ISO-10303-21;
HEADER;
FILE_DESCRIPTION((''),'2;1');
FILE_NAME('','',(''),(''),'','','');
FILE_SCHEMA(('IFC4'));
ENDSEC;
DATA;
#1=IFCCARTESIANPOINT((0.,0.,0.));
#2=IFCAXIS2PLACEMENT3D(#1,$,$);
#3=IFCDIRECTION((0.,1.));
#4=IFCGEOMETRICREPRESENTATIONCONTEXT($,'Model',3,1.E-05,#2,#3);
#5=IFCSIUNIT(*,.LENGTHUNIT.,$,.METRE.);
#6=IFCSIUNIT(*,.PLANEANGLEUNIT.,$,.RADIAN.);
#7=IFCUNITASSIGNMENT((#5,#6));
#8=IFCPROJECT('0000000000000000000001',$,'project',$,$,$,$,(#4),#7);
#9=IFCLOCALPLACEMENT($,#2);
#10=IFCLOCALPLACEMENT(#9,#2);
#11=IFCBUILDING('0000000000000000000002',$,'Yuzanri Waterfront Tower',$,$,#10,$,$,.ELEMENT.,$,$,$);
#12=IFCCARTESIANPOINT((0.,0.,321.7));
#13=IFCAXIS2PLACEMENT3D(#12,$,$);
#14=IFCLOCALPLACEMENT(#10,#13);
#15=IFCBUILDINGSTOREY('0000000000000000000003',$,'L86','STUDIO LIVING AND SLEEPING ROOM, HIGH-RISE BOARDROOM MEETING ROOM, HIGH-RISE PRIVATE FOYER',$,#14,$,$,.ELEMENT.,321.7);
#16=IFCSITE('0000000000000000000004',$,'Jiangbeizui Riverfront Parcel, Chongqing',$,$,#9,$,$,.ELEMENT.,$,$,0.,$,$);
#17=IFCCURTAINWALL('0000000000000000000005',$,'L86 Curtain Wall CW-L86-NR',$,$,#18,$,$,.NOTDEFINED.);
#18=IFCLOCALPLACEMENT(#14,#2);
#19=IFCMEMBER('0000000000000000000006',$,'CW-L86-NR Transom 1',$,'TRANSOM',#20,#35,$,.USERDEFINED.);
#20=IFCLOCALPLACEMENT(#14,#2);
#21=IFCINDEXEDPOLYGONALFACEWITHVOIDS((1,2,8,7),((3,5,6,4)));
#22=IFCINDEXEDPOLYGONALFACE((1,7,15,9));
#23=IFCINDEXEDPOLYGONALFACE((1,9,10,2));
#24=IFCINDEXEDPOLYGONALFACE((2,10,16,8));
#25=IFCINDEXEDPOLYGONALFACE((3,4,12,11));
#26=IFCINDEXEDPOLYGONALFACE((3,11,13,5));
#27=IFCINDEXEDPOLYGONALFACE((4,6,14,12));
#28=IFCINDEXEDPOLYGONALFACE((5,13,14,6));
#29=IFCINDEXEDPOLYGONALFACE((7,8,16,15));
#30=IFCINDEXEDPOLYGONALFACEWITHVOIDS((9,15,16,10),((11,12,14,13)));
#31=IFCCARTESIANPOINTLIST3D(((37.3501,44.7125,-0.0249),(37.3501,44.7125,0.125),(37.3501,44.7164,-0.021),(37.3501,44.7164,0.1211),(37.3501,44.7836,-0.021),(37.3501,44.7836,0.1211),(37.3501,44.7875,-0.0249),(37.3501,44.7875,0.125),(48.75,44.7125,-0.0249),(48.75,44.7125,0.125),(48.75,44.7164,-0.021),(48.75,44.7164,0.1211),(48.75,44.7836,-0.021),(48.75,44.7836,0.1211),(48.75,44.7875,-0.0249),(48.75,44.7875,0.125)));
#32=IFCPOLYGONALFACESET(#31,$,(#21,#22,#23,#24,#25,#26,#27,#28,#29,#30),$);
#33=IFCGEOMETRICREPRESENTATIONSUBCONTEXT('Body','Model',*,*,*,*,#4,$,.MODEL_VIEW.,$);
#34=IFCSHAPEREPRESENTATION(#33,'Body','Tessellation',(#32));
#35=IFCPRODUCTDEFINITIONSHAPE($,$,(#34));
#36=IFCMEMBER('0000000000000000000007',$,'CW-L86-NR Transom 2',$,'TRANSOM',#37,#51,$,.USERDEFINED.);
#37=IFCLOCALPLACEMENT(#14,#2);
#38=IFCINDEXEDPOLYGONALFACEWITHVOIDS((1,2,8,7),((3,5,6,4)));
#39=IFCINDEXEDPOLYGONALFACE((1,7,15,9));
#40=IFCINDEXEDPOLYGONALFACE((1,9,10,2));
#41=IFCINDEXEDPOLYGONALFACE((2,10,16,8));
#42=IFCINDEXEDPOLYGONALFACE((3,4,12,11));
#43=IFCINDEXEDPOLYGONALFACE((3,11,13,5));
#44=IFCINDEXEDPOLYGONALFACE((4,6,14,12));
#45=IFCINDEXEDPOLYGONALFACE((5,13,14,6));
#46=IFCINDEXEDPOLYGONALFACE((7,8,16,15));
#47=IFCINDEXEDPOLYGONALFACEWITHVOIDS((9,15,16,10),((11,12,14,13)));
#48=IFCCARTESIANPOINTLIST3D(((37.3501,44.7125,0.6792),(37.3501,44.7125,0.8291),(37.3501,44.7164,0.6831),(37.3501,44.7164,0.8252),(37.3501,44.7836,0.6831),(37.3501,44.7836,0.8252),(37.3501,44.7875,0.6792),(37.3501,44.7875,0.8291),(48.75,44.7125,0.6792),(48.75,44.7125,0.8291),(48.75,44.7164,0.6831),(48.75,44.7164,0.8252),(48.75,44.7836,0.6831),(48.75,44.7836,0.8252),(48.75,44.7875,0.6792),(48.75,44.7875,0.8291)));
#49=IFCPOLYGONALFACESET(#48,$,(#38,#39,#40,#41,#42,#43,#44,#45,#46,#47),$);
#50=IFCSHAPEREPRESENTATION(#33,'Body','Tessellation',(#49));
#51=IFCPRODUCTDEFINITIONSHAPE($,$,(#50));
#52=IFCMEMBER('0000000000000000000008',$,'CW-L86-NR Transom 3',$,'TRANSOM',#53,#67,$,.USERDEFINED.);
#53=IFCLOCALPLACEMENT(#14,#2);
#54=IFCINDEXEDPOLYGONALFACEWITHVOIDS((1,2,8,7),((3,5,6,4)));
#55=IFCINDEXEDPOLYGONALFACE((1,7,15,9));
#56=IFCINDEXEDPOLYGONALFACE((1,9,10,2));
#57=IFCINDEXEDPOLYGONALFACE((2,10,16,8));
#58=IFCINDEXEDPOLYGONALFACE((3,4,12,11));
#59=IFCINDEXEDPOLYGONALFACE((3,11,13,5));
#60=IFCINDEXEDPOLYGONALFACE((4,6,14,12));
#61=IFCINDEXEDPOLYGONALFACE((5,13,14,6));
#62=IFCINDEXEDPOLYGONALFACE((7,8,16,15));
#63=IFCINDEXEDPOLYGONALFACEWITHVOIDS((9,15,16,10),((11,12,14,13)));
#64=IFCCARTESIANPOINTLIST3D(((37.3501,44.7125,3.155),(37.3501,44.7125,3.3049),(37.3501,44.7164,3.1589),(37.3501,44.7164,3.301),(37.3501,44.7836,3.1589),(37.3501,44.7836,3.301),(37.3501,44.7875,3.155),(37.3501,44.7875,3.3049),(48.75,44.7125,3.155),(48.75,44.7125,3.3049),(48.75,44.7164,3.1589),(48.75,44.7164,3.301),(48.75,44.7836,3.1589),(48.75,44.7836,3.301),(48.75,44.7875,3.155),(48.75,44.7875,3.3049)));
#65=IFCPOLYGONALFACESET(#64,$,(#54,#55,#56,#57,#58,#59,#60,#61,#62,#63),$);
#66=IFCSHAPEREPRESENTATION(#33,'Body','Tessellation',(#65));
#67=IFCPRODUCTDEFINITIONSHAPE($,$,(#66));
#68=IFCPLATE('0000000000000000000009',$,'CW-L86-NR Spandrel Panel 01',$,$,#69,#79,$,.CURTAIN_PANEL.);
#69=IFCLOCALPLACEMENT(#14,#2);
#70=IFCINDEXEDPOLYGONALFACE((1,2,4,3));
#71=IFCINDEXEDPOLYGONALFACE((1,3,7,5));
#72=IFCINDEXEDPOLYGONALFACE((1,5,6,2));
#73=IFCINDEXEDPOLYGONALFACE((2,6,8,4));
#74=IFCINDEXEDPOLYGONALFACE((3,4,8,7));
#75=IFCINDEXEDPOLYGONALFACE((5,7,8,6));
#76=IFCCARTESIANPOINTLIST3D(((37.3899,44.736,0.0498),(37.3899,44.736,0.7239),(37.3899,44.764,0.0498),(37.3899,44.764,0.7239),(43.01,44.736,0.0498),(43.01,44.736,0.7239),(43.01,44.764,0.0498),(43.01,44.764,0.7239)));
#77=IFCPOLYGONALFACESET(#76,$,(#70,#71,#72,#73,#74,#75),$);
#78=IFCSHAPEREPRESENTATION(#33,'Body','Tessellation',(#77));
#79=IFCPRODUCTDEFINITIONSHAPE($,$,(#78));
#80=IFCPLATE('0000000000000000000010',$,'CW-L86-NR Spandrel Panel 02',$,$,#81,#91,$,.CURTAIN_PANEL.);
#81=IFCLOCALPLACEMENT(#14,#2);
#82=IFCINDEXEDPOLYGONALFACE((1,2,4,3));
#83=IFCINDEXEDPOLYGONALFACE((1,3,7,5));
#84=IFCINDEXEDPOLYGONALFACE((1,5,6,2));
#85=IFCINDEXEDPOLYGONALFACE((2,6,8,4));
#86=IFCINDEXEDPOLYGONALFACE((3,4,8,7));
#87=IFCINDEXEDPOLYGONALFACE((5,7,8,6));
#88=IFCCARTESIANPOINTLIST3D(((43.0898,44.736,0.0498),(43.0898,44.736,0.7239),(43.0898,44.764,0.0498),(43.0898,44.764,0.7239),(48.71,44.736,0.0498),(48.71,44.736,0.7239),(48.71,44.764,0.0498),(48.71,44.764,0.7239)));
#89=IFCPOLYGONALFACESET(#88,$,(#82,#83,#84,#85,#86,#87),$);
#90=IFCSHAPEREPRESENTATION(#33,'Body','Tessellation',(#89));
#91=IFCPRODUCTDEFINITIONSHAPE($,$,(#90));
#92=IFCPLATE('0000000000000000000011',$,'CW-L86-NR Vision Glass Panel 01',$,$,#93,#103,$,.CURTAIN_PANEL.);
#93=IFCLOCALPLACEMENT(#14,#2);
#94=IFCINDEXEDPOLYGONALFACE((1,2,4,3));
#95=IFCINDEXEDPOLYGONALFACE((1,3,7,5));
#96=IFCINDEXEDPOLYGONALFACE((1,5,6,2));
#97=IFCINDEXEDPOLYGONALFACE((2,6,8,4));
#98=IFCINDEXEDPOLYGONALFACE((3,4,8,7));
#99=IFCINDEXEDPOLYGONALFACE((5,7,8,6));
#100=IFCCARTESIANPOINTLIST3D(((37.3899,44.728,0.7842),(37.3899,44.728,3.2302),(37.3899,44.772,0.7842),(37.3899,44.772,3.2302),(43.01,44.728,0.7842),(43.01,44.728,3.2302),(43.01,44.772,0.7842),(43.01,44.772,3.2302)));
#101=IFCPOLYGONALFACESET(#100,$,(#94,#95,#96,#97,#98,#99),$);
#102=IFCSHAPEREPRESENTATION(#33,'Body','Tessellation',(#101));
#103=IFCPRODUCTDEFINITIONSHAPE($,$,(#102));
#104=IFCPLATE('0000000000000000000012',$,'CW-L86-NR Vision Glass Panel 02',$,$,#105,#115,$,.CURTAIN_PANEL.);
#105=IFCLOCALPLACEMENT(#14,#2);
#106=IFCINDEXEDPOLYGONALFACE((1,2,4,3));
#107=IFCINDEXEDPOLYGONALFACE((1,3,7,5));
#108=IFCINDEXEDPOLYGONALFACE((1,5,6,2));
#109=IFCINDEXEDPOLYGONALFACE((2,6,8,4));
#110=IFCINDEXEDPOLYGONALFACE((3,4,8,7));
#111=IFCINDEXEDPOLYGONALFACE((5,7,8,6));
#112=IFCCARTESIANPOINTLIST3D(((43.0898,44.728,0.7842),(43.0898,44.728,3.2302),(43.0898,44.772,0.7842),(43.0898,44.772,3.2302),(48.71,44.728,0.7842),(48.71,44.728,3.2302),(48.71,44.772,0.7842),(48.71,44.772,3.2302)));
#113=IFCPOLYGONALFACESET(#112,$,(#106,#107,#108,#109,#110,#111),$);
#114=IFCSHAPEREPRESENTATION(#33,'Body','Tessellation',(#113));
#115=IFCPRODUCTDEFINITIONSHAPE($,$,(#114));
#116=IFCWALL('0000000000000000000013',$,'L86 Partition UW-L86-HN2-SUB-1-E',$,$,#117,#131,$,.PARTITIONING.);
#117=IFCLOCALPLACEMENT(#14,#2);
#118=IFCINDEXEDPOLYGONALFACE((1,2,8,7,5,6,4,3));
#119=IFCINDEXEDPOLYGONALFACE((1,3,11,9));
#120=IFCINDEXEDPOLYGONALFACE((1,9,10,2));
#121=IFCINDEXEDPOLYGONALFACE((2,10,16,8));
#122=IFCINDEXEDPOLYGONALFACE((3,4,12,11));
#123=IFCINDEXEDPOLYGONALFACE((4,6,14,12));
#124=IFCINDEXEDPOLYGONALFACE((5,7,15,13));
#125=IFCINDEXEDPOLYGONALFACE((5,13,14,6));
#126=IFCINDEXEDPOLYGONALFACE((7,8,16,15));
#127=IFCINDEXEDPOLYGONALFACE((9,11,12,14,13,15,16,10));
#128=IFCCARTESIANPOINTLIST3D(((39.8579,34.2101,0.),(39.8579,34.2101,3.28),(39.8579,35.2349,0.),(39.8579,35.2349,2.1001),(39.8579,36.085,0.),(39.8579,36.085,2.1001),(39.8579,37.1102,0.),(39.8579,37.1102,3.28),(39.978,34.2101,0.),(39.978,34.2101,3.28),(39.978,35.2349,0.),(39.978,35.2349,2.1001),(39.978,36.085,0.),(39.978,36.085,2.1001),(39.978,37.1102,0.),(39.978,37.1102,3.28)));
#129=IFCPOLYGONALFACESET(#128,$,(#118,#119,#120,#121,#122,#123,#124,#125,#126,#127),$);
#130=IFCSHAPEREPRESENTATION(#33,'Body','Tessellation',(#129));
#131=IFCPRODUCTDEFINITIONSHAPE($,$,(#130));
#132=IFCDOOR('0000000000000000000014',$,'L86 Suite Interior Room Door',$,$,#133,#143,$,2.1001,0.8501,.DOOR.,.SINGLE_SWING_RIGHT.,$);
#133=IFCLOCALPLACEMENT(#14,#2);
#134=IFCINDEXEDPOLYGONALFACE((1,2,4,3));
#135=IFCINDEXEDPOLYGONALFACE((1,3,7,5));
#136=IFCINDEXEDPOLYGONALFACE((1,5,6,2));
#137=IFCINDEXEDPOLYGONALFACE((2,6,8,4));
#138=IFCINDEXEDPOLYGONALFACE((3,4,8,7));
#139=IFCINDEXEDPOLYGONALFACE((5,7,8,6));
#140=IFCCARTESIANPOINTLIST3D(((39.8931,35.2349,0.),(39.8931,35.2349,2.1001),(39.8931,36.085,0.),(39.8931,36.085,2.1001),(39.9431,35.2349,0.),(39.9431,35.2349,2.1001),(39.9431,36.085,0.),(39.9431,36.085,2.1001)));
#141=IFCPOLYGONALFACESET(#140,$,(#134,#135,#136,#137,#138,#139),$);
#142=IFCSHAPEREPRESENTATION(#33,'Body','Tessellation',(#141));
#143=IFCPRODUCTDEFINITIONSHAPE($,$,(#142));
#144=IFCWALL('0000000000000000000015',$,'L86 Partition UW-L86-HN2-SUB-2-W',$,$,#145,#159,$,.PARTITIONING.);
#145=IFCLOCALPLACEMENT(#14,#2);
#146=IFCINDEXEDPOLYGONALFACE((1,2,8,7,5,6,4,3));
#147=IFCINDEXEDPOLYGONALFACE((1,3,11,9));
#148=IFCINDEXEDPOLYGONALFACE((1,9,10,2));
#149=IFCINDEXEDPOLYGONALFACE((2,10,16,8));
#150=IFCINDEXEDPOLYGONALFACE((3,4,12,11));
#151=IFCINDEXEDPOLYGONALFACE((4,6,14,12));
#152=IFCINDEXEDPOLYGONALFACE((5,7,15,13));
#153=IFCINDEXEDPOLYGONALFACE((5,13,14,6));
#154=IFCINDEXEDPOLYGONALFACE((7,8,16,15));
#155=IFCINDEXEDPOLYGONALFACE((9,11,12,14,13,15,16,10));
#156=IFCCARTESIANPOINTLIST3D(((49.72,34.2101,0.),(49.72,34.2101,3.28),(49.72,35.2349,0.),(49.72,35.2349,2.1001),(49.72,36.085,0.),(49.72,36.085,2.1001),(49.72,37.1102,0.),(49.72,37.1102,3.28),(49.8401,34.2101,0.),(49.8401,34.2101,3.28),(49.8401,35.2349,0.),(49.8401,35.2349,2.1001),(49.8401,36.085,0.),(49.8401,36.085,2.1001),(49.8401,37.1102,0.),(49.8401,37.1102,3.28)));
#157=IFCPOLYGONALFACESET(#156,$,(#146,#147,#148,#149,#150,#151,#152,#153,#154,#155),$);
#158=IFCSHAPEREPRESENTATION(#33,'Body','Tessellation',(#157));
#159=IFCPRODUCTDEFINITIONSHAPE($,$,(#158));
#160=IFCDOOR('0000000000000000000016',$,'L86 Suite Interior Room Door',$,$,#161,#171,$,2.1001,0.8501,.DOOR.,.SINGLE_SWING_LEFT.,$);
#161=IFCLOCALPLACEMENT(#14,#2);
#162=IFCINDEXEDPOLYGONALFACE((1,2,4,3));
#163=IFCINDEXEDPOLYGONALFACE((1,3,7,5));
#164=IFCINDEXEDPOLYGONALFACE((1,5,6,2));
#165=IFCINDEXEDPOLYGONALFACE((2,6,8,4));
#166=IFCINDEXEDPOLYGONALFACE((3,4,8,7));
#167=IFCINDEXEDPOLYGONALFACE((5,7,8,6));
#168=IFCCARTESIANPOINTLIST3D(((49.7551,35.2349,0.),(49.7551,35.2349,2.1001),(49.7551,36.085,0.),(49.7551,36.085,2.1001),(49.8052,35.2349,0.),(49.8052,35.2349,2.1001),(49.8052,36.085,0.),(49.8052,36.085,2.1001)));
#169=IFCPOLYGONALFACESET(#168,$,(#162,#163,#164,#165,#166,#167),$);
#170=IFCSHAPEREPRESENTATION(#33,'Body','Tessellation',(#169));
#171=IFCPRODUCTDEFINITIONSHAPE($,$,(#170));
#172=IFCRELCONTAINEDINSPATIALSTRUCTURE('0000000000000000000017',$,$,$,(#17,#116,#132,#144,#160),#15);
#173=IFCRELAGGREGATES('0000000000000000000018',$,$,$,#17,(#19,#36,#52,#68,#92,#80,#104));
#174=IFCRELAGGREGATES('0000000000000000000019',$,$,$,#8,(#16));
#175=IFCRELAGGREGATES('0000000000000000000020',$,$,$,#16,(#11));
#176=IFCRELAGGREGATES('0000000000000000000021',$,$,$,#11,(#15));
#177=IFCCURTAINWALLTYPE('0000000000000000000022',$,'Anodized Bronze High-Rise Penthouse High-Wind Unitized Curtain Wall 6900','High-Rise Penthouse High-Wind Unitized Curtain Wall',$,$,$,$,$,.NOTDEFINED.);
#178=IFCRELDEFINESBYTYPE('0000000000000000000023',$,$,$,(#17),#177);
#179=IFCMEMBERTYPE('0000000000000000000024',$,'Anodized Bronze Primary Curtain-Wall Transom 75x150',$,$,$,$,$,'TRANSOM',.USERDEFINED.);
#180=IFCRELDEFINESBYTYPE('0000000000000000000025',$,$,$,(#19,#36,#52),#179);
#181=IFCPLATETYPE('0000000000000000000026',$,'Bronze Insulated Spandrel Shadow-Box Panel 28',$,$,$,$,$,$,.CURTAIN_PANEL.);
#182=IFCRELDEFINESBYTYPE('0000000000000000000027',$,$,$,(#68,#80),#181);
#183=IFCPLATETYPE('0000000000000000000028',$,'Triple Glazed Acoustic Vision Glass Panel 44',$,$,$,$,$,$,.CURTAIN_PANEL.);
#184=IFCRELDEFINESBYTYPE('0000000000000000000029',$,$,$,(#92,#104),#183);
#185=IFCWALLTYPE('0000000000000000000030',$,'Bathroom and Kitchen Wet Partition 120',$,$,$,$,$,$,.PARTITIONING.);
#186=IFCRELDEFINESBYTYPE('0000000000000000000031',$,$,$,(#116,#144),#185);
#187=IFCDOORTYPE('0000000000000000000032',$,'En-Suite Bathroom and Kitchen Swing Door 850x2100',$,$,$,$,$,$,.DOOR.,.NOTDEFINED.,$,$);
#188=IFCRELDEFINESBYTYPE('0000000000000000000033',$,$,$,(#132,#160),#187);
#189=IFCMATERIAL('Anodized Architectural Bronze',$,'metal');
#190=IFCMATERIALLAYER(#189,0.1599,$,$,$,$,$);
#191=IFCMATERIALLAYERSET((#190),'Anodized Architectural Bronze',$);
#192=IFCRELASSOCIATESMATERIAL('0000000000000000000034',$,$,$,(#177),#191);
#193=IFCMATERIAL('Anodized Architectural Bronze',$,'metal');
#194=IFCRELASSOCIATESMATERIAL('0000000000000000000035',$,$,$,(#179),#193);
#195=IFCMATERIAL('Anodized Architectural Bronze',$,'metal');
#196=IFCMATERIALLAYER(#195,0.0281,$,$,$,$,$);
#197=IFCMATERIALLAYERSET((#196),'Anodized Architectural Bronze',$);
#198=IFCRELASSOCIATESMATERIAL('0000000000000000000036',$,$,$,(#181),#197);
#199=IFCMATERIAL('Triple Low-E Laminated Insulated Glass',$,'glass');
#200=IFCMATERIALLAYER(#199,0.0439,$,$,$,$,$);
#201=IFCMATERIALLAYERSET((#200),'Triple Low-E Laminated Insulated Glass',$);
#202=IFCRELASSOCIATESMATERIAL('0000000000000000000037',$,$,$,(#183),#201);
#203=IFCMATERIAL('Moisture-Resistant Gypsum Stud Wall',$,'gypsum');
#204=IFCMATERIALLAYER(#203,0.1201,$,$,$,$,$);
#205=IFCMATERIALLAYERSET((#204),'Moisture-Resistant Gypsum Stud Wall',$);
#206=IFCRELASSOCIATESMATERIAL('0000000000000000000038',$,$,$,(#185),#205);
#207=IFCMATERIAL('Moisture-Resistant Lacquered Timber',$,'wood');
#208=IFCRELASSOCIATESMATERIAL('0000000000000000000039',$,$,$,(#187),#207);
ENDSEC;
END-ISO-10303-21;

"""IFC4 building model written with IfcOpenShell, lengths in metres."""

from ifc_helpers import new_model, si_unit, direction, frame, frame_2d, origin, origin_2d, place, context, subcontext, project, spatial, rectangle, hollow_rectangle, extrude, source, transform, mapped, material, layer, layer_set, material_profile, profile_set, type_object, element, fill, aggregate, save


model = new_model("IFC4")

# Units and contexts
model_context = context("Model", 3, precision=1e-05, world=origin(), true_north=direction((0.0, 1.0)))
body_context = subcontext(model_context, "Body", "Model", "MODEL_VIEW")
ifc_project = project(units=[si_unit("LENGTHUNIT", "METRE"), si_unit("PLANEANGLEUNIT", "RADIAN")], contexts=[model_context])

# Site, building, storey
site_placement = place(None, origin())
site = spatial("IfcSite", under=ifc_project, at=site_placement, Name="Jiangbeizui Riverfront Parcel, Chongqing", CompositionType="ELEMENT", RefElevation=0.0)
building_placement = place(site_placement, origin())
building = spatial("IfcBuilding", under=site, at=building_placement, Name="Yuzanri Waterfront Tower", CompositionType="ELEMENT")
storey_placement = place(building_placement, frame((0.0, 0.0, 321.7)))
storey = spatial("IfcBuildingStorey", under=building, at=storey_placement, Name="L86", Description="STUDIO LIVING AND SLEEPING ROOM, HIGH-RISE BOARDROOM MEETING ROOM, HIGH-RISE PRIVATE FOYER", CompositionType="ELEMENT", Elevation=321.7)

# Curtain wall, members, plates
ifc_material_1 = material(Name="Anodized Architectural Bronze", Category="metal")
ifc_layer_1 = layer(ifc_material_1, 0.1599)
ifc_layer_set_1 = layer_set([ifc_layer_1], Name="Anodized Architectural Bronze")
curtain_wall_type = type_object("IfcCurtainWallType", Name="Anodized Bronze High-Rise Penthouse High-Wind Unitized Curtain Wall 6900", Description="High-Rise Penthouse High-Wind Unitized Curtain Wall", PredefinedType="NOTDEFINED", material=ifc_layer_set_1)
curtain_wall_placement = place(storey_placement, origin())
curtain_wall = element("IfcCurtainWall", 1, at=curtain_wall_placement, inside=storey, type_object=curtain_wall_type, Name="L86 Curtain Wall CW-L86-NR", PredefinedType="NOTDEFINED")
ifc_material_2 = material(Name="Anodized Architectural Bronze", Category="metal")
ifc_material_profile_1 = material_profile(ifc_material_2, hollow_rectangle(XDim=0.075, YDim=0.1499, WallThickness=0.0039, at=origin_2d()), Name="CWT 75x150")
ifc_profile_set_1 = profile_set([ifc_material_profile_1], Name="Anodized Architectural Bronze")
member_type_1 = type_object("IfcMemberType", Name="Anodized Bronze Primary Curtain-Wall Transom 75x150", ElementType="TRANSOM", PredefinedType="USERDEFINED", material=ifc_profile_set_1)
shared_shape_1 = source(origin(), body_context, "Body", "SweptSolid", [
    extrude(hollow_rectangle(XDim=0.075, YDim=0.1499, WallThickness=0.0039, at=origin_2d()), origin(), (0.0, 0.0, 1.0), 11.3999),
])
member_1_placement = place(storey_placement, frame((37.3501, 44.75, 0.05), z_axis=(1.0, 0.0, 0.0), x_axis=(0.0, 1.0, 0.0)))
member_1 = element("IfcMember", 2, at=member_1_placement, type_object=member_type_1, Name="CW-L86-NR Transom 1", ObjectType="TRANSOM", PredefinedType="USERDEFINED", context=body_context, shape_type="MappedRepresentation", body=[
    mapped(shared_shape_1, transform((0.0, 0.0, 0.0), scale=1.0)),
])
member_2_placement = place(storey_placement, frame((37.3501, 44.75, 0.7542), z_axis=(1.0, 0.0, 0.0), x_axis=(0.0, 1.0, 0.0)))
member_2 = element("IfcMember", 3, at=member_2_placement, type_object=member_type_1, Name="CW-L86-NR Transom 2", ObjectType="TRANSOM", PredefinedType="USERDEFINED", context=body_context, shape_type="MappedRepresentation", body=[
    mapped(shared_shape_1, transform((0.0, 0.0, 0.0), scale=1.0)),
])
member_3_placement = place(storey_placement, frame((37.3501, 44.75, 3.23), z_axis=(1.0, 0.0, 0.0), x_axis=(0.0, 1.0, 0.0)))
member_3 = element("IfcMember", 4, at=member_3_placement, type_object=member_type_1, Name="CW-L86-NR Transom 3", ObjectType="TRANSOM", PredefinedType="USERDEFINED", context=body_context, shape_type="MappedRepresentation", body=[
    mapped(shared_shape_1, transform((0.0, 0.0, 0.0), scale=1.0)),
])
ifc_material_3 = material(Name="Anodized Architectural Bronze", Category="metal")
ifc_layer_2 = layer(ifc_material_3, 0.0281)
ifc_layer_set_2 = layer_set([ifc_layer_2], Name="Anodized Architectural Bronze")
plate_type_1 = type_object("IfcPlateType", Name="Bronze Insulated Spandrel Shadow-Box Panel 28", PredefinedType="CURTAIN_PANEL", material=ifc_layer_set_2)
shared_shape_2 = source(origin(), body_context, "Body", "SweptSolid", [
    extrude(rectangle(XDim=5.6201, YDim=0.0281, at=origin_2d()), origin(), (0.0, 0.0, 1.0), 0.6741),
])
plate_1_placement = place(storey_placement, frame((40.2, 44.75, 0.0498), z_axis=(0.0, 0.0, 1.0), x_axis=(1.0, 0.0, 0.0)))
plate_1 = element("IfcPlate", 5, at=plate_1_placement, type_object=plate_type_1, Name="CW-L86-NR Spandrel Panel 01", PredefinedType="CURTAIN_PANEL", context=body_context, shape_type="MappedRepresentation", body=[
    mapped(shared_shape_2, transform((0.0, 0.0, 0.0), scale=1.0)),
])
plate_2_placement = place(storey_placement, frame((45.8999, 44.75, 0.0498), z_axis=(0.0, 0.0, 1.0), x_axis=(1.0, 0.0, 0.0)))
plate_2 = element("IfcPlate", 6, at=plate_2_placement, type_object=plate_type_1, Name="CW-L86-NR Spandrel Panel 02", PredefinedType="CURTAIN_PANEL", context=body_context, shape_type="MappedRepresentation", body=[
    mapped(shared_shape_2, transform((0.0, 0.0, 0.0), scale=1.0)),
])
ifc_material_4 = material(Name="Triple Low-E Laminated Insulated Glass", Category="glass")
ifc_layer_3 = layer(ifc_material_4, 0.0439)
ifc_layer_set_3 = layer_set([ifc_layer_3], Name="Triple Low-E Laminated Insulated Glass")
plate_type_2 = type_object("IfcPlateType", Name="Triple Glazed Acoustic Vision Glass Panel 44", PredefinedType="CURTAIN_PANEL", material=ifc_layer_set_3)
shared_shape_3 = source(origin(), body_context, "Body", "SweptSolid", [
    extrude(rectangle(XDim=5.6201, YDim=0.0439, at=origin_2d()), origin(), (0.0, 0.0, 1.0), 2.446),
])
plate_3_placement = place(storey_placement, frame((40.2, 44.75, 0.7842), z_axis=(0.0, 0.0, 1.0), x_axis=(1.0, 0.0, 0.0)))
plate_3 = element("IfcPlate", 7, at=plate_3_placement, type_object=plate_type_2, Name="CW-L86-NR Vision Glass Panel 01", PredefinedType="CURTAIN_PANEL", context=body_context, shape_type="MappedRepresentation", body=[
    mapped(shared_shape_3, transform((0.0, 0.0, 0.0), scale=1.0)),
])
plate_4_placement = place(storey_placement, frame((45.8999, 44.75, 0.7842), z_axis=(0.0, 0.0, 1.0), x_axis=(1.0, 0.0, 0.0)))
plate_4 = element("IfcPlate", 8, at=plate_4_placement, type_object=plate_type_2, Name="CW-L86-NR Vision Glass Panel 02", PredefinedType="CURTAIN_PANEL", context=body_context, shape_type="MappedRepresentation", body=[
    mapped(shared_shape_3, transform((0.0, 0.0, 0.0), scale=1.0)),
])
aggregate(curtain_wall, [member_1, member_2, member_3, plate_1, plate_3, plate_2, plate_4])

# Walls, openings, doors
ifc_material_5 = material(Name="Moisture-Resistant Gypsum Stud Wall", Category="gypsum")
ifc_layer_4 = layer(ifc_material_5, 0.1201)
ifc_layer_set_4 = layer_set([ifc_layer_4], Name="Moisture-Resistant Gypsum Stud Wall")
wall_type_1 = type_object("IfcWallType", Name="Bathroom and Kitchen Wet Partition 120", PredefinedType="PARTITIONING", material=ifc_layer_set_4)
wall_1_placement = place(storey_placement, frame((39.918, 34.21, 0.0), z_axis=(0.0, 0.0, 1.0), x_axis=(0.0, 1.0, 0.0)))
wall_1 = element("IfcWall", 9, at=wall_1_placement, inside=storey, type_object=wall_type_1, Name="L86 Partition UW-L86-HN2-SUB-1-E", PredefinedType="PARTITIONING", context=body_context, shape_type="SweptSolid", body=[
    extrude(rectangle(XDim=2.9001, YDim=0.1201, at=frame_2d((1.4502, 0.0))), origin(), (0.0, 0.0, 1.0), 3.28),
])
opening_1_placement = place(wall_1_placement, frame((1.0249, 0.0, 0.0)))
opening_1 = element("IfcOpeningElement", 10, at=opening_1_placement, cuts=wall_1, PredefinedType="OPENING", context=body_context, shape_type="SweptSolid", body=[
    extrude(rectangle(XDim=0.8501, YDim=2.1001, at=frame_2d((0.425, 1.05))), frame((0.0, 0.075, 0.0), z_axis=(0.0, -1.0, 0.0), x_axis=(1.0, 0.0, 0.0)), (0.0, 0.0, 1.0), 0.1499),
])
ifc_material_6 = material(Name="Moisture-Resistant Lacquered Timber", Category="wood")
door_type = type_object("IfcDoorType", Name="En-Suite Bathroom and Kitchen Swing Door 850x2100", OperationType="NOTDEFINED", PredefinedType="DOOR", material=ifc_material_6)
shared_shape_4 = source(origin(), body_context, "Body", "SweptSolid", [
    extrude(rectangle(XDim=0.8501, YDim=2.1001, at=frame_2d((0.425, 1.05))), frame((0.0, 0.0249, 0.0), z_axis=(0.0, -1.0, 0.0), x_axis=(1.0, 0.0, 0.0)), (0.0, 0.0, 1.0), 0.05),
])
door_1_placement = place(opening_1_placement, origin())
door_1 = element("IfcDoor", 11, at=door_1_placement, inside=storey, type_object=door_type, Name="L86 Suite Interior Room Door", OperationType="SINGLE_SWING_RIGHT", OverallHeight=2.1001, OverallWidth=0.8501, PredefinedType="DOOR", context=body_context, shape_type="MappedRepresentation", body=[
    mapped(shared_shape_4, transform((0.0, 0.0, 0.0), scale=1.0)),
])
fill(opening_1, door_1)
wall_2_placement = place(storey_placement, frame((49.78, 34.21, 0.0), z_axis=(0.0, 0.0, 1.0), x_axis=(0.0, 1.0, 0.0)))
wall_2 = element("IfcWall", 12, at=wall_2_placement, inside=storey, type_object=wall_type_1, Name="L86 Partition UW-L86-HN2-SUB-2-W", PredefinedType="PARTITIONING", context=body_context, shape_type="SweptSolid", body=[
    extrude(rectangle(XDim=2.9001, YDim=0.1201, at=frame_2d((1.4502, 0.0))), origin(), (0.0, 0.0, 1.0), 3.28),
])
opening_2_placement = place(wall_2_placement, frame((1.0249, 0.0, 0.0)))
opening_2 = element("IfcOpeningElement", 13, at=opening_2_placement, cuts=wall_2, PredefinedType="OPENING", context=body_context, shape_type="SweptSolid", body=[
    extrude(rectangle(XDim=0.8501, YDim=2.1001, at=frame_2d((0.425, 1.05))), frame((0.0, 0.075, 0.0), z_axis=(0.0, -1.0, 0.0), x_axis=(1.0, 0.0, 0.0)), (0.0, 0.0, 1.0), 0.1499),
])
door_2_placement = place(opening_2_placement, origin())
door_2 = element("IfcDoor", 14, at=door_2_placement, inside=storey, type_object=door_type, Name="L86 Suite Interior Room Door", OperationType="SINGLE_SWING_LEFT", OverallHeight=2.1001, OverallWidth=0.8501, PredefinedType="DOOR", context=body_context, shape_type="MappedRepresentation", body=[
    mapped(shared_shape_4, transform((0.0, 0.0, 0.0), scale=1.0)),
])
fill(opening_2, door_2)

save(model, "model.ifc")
